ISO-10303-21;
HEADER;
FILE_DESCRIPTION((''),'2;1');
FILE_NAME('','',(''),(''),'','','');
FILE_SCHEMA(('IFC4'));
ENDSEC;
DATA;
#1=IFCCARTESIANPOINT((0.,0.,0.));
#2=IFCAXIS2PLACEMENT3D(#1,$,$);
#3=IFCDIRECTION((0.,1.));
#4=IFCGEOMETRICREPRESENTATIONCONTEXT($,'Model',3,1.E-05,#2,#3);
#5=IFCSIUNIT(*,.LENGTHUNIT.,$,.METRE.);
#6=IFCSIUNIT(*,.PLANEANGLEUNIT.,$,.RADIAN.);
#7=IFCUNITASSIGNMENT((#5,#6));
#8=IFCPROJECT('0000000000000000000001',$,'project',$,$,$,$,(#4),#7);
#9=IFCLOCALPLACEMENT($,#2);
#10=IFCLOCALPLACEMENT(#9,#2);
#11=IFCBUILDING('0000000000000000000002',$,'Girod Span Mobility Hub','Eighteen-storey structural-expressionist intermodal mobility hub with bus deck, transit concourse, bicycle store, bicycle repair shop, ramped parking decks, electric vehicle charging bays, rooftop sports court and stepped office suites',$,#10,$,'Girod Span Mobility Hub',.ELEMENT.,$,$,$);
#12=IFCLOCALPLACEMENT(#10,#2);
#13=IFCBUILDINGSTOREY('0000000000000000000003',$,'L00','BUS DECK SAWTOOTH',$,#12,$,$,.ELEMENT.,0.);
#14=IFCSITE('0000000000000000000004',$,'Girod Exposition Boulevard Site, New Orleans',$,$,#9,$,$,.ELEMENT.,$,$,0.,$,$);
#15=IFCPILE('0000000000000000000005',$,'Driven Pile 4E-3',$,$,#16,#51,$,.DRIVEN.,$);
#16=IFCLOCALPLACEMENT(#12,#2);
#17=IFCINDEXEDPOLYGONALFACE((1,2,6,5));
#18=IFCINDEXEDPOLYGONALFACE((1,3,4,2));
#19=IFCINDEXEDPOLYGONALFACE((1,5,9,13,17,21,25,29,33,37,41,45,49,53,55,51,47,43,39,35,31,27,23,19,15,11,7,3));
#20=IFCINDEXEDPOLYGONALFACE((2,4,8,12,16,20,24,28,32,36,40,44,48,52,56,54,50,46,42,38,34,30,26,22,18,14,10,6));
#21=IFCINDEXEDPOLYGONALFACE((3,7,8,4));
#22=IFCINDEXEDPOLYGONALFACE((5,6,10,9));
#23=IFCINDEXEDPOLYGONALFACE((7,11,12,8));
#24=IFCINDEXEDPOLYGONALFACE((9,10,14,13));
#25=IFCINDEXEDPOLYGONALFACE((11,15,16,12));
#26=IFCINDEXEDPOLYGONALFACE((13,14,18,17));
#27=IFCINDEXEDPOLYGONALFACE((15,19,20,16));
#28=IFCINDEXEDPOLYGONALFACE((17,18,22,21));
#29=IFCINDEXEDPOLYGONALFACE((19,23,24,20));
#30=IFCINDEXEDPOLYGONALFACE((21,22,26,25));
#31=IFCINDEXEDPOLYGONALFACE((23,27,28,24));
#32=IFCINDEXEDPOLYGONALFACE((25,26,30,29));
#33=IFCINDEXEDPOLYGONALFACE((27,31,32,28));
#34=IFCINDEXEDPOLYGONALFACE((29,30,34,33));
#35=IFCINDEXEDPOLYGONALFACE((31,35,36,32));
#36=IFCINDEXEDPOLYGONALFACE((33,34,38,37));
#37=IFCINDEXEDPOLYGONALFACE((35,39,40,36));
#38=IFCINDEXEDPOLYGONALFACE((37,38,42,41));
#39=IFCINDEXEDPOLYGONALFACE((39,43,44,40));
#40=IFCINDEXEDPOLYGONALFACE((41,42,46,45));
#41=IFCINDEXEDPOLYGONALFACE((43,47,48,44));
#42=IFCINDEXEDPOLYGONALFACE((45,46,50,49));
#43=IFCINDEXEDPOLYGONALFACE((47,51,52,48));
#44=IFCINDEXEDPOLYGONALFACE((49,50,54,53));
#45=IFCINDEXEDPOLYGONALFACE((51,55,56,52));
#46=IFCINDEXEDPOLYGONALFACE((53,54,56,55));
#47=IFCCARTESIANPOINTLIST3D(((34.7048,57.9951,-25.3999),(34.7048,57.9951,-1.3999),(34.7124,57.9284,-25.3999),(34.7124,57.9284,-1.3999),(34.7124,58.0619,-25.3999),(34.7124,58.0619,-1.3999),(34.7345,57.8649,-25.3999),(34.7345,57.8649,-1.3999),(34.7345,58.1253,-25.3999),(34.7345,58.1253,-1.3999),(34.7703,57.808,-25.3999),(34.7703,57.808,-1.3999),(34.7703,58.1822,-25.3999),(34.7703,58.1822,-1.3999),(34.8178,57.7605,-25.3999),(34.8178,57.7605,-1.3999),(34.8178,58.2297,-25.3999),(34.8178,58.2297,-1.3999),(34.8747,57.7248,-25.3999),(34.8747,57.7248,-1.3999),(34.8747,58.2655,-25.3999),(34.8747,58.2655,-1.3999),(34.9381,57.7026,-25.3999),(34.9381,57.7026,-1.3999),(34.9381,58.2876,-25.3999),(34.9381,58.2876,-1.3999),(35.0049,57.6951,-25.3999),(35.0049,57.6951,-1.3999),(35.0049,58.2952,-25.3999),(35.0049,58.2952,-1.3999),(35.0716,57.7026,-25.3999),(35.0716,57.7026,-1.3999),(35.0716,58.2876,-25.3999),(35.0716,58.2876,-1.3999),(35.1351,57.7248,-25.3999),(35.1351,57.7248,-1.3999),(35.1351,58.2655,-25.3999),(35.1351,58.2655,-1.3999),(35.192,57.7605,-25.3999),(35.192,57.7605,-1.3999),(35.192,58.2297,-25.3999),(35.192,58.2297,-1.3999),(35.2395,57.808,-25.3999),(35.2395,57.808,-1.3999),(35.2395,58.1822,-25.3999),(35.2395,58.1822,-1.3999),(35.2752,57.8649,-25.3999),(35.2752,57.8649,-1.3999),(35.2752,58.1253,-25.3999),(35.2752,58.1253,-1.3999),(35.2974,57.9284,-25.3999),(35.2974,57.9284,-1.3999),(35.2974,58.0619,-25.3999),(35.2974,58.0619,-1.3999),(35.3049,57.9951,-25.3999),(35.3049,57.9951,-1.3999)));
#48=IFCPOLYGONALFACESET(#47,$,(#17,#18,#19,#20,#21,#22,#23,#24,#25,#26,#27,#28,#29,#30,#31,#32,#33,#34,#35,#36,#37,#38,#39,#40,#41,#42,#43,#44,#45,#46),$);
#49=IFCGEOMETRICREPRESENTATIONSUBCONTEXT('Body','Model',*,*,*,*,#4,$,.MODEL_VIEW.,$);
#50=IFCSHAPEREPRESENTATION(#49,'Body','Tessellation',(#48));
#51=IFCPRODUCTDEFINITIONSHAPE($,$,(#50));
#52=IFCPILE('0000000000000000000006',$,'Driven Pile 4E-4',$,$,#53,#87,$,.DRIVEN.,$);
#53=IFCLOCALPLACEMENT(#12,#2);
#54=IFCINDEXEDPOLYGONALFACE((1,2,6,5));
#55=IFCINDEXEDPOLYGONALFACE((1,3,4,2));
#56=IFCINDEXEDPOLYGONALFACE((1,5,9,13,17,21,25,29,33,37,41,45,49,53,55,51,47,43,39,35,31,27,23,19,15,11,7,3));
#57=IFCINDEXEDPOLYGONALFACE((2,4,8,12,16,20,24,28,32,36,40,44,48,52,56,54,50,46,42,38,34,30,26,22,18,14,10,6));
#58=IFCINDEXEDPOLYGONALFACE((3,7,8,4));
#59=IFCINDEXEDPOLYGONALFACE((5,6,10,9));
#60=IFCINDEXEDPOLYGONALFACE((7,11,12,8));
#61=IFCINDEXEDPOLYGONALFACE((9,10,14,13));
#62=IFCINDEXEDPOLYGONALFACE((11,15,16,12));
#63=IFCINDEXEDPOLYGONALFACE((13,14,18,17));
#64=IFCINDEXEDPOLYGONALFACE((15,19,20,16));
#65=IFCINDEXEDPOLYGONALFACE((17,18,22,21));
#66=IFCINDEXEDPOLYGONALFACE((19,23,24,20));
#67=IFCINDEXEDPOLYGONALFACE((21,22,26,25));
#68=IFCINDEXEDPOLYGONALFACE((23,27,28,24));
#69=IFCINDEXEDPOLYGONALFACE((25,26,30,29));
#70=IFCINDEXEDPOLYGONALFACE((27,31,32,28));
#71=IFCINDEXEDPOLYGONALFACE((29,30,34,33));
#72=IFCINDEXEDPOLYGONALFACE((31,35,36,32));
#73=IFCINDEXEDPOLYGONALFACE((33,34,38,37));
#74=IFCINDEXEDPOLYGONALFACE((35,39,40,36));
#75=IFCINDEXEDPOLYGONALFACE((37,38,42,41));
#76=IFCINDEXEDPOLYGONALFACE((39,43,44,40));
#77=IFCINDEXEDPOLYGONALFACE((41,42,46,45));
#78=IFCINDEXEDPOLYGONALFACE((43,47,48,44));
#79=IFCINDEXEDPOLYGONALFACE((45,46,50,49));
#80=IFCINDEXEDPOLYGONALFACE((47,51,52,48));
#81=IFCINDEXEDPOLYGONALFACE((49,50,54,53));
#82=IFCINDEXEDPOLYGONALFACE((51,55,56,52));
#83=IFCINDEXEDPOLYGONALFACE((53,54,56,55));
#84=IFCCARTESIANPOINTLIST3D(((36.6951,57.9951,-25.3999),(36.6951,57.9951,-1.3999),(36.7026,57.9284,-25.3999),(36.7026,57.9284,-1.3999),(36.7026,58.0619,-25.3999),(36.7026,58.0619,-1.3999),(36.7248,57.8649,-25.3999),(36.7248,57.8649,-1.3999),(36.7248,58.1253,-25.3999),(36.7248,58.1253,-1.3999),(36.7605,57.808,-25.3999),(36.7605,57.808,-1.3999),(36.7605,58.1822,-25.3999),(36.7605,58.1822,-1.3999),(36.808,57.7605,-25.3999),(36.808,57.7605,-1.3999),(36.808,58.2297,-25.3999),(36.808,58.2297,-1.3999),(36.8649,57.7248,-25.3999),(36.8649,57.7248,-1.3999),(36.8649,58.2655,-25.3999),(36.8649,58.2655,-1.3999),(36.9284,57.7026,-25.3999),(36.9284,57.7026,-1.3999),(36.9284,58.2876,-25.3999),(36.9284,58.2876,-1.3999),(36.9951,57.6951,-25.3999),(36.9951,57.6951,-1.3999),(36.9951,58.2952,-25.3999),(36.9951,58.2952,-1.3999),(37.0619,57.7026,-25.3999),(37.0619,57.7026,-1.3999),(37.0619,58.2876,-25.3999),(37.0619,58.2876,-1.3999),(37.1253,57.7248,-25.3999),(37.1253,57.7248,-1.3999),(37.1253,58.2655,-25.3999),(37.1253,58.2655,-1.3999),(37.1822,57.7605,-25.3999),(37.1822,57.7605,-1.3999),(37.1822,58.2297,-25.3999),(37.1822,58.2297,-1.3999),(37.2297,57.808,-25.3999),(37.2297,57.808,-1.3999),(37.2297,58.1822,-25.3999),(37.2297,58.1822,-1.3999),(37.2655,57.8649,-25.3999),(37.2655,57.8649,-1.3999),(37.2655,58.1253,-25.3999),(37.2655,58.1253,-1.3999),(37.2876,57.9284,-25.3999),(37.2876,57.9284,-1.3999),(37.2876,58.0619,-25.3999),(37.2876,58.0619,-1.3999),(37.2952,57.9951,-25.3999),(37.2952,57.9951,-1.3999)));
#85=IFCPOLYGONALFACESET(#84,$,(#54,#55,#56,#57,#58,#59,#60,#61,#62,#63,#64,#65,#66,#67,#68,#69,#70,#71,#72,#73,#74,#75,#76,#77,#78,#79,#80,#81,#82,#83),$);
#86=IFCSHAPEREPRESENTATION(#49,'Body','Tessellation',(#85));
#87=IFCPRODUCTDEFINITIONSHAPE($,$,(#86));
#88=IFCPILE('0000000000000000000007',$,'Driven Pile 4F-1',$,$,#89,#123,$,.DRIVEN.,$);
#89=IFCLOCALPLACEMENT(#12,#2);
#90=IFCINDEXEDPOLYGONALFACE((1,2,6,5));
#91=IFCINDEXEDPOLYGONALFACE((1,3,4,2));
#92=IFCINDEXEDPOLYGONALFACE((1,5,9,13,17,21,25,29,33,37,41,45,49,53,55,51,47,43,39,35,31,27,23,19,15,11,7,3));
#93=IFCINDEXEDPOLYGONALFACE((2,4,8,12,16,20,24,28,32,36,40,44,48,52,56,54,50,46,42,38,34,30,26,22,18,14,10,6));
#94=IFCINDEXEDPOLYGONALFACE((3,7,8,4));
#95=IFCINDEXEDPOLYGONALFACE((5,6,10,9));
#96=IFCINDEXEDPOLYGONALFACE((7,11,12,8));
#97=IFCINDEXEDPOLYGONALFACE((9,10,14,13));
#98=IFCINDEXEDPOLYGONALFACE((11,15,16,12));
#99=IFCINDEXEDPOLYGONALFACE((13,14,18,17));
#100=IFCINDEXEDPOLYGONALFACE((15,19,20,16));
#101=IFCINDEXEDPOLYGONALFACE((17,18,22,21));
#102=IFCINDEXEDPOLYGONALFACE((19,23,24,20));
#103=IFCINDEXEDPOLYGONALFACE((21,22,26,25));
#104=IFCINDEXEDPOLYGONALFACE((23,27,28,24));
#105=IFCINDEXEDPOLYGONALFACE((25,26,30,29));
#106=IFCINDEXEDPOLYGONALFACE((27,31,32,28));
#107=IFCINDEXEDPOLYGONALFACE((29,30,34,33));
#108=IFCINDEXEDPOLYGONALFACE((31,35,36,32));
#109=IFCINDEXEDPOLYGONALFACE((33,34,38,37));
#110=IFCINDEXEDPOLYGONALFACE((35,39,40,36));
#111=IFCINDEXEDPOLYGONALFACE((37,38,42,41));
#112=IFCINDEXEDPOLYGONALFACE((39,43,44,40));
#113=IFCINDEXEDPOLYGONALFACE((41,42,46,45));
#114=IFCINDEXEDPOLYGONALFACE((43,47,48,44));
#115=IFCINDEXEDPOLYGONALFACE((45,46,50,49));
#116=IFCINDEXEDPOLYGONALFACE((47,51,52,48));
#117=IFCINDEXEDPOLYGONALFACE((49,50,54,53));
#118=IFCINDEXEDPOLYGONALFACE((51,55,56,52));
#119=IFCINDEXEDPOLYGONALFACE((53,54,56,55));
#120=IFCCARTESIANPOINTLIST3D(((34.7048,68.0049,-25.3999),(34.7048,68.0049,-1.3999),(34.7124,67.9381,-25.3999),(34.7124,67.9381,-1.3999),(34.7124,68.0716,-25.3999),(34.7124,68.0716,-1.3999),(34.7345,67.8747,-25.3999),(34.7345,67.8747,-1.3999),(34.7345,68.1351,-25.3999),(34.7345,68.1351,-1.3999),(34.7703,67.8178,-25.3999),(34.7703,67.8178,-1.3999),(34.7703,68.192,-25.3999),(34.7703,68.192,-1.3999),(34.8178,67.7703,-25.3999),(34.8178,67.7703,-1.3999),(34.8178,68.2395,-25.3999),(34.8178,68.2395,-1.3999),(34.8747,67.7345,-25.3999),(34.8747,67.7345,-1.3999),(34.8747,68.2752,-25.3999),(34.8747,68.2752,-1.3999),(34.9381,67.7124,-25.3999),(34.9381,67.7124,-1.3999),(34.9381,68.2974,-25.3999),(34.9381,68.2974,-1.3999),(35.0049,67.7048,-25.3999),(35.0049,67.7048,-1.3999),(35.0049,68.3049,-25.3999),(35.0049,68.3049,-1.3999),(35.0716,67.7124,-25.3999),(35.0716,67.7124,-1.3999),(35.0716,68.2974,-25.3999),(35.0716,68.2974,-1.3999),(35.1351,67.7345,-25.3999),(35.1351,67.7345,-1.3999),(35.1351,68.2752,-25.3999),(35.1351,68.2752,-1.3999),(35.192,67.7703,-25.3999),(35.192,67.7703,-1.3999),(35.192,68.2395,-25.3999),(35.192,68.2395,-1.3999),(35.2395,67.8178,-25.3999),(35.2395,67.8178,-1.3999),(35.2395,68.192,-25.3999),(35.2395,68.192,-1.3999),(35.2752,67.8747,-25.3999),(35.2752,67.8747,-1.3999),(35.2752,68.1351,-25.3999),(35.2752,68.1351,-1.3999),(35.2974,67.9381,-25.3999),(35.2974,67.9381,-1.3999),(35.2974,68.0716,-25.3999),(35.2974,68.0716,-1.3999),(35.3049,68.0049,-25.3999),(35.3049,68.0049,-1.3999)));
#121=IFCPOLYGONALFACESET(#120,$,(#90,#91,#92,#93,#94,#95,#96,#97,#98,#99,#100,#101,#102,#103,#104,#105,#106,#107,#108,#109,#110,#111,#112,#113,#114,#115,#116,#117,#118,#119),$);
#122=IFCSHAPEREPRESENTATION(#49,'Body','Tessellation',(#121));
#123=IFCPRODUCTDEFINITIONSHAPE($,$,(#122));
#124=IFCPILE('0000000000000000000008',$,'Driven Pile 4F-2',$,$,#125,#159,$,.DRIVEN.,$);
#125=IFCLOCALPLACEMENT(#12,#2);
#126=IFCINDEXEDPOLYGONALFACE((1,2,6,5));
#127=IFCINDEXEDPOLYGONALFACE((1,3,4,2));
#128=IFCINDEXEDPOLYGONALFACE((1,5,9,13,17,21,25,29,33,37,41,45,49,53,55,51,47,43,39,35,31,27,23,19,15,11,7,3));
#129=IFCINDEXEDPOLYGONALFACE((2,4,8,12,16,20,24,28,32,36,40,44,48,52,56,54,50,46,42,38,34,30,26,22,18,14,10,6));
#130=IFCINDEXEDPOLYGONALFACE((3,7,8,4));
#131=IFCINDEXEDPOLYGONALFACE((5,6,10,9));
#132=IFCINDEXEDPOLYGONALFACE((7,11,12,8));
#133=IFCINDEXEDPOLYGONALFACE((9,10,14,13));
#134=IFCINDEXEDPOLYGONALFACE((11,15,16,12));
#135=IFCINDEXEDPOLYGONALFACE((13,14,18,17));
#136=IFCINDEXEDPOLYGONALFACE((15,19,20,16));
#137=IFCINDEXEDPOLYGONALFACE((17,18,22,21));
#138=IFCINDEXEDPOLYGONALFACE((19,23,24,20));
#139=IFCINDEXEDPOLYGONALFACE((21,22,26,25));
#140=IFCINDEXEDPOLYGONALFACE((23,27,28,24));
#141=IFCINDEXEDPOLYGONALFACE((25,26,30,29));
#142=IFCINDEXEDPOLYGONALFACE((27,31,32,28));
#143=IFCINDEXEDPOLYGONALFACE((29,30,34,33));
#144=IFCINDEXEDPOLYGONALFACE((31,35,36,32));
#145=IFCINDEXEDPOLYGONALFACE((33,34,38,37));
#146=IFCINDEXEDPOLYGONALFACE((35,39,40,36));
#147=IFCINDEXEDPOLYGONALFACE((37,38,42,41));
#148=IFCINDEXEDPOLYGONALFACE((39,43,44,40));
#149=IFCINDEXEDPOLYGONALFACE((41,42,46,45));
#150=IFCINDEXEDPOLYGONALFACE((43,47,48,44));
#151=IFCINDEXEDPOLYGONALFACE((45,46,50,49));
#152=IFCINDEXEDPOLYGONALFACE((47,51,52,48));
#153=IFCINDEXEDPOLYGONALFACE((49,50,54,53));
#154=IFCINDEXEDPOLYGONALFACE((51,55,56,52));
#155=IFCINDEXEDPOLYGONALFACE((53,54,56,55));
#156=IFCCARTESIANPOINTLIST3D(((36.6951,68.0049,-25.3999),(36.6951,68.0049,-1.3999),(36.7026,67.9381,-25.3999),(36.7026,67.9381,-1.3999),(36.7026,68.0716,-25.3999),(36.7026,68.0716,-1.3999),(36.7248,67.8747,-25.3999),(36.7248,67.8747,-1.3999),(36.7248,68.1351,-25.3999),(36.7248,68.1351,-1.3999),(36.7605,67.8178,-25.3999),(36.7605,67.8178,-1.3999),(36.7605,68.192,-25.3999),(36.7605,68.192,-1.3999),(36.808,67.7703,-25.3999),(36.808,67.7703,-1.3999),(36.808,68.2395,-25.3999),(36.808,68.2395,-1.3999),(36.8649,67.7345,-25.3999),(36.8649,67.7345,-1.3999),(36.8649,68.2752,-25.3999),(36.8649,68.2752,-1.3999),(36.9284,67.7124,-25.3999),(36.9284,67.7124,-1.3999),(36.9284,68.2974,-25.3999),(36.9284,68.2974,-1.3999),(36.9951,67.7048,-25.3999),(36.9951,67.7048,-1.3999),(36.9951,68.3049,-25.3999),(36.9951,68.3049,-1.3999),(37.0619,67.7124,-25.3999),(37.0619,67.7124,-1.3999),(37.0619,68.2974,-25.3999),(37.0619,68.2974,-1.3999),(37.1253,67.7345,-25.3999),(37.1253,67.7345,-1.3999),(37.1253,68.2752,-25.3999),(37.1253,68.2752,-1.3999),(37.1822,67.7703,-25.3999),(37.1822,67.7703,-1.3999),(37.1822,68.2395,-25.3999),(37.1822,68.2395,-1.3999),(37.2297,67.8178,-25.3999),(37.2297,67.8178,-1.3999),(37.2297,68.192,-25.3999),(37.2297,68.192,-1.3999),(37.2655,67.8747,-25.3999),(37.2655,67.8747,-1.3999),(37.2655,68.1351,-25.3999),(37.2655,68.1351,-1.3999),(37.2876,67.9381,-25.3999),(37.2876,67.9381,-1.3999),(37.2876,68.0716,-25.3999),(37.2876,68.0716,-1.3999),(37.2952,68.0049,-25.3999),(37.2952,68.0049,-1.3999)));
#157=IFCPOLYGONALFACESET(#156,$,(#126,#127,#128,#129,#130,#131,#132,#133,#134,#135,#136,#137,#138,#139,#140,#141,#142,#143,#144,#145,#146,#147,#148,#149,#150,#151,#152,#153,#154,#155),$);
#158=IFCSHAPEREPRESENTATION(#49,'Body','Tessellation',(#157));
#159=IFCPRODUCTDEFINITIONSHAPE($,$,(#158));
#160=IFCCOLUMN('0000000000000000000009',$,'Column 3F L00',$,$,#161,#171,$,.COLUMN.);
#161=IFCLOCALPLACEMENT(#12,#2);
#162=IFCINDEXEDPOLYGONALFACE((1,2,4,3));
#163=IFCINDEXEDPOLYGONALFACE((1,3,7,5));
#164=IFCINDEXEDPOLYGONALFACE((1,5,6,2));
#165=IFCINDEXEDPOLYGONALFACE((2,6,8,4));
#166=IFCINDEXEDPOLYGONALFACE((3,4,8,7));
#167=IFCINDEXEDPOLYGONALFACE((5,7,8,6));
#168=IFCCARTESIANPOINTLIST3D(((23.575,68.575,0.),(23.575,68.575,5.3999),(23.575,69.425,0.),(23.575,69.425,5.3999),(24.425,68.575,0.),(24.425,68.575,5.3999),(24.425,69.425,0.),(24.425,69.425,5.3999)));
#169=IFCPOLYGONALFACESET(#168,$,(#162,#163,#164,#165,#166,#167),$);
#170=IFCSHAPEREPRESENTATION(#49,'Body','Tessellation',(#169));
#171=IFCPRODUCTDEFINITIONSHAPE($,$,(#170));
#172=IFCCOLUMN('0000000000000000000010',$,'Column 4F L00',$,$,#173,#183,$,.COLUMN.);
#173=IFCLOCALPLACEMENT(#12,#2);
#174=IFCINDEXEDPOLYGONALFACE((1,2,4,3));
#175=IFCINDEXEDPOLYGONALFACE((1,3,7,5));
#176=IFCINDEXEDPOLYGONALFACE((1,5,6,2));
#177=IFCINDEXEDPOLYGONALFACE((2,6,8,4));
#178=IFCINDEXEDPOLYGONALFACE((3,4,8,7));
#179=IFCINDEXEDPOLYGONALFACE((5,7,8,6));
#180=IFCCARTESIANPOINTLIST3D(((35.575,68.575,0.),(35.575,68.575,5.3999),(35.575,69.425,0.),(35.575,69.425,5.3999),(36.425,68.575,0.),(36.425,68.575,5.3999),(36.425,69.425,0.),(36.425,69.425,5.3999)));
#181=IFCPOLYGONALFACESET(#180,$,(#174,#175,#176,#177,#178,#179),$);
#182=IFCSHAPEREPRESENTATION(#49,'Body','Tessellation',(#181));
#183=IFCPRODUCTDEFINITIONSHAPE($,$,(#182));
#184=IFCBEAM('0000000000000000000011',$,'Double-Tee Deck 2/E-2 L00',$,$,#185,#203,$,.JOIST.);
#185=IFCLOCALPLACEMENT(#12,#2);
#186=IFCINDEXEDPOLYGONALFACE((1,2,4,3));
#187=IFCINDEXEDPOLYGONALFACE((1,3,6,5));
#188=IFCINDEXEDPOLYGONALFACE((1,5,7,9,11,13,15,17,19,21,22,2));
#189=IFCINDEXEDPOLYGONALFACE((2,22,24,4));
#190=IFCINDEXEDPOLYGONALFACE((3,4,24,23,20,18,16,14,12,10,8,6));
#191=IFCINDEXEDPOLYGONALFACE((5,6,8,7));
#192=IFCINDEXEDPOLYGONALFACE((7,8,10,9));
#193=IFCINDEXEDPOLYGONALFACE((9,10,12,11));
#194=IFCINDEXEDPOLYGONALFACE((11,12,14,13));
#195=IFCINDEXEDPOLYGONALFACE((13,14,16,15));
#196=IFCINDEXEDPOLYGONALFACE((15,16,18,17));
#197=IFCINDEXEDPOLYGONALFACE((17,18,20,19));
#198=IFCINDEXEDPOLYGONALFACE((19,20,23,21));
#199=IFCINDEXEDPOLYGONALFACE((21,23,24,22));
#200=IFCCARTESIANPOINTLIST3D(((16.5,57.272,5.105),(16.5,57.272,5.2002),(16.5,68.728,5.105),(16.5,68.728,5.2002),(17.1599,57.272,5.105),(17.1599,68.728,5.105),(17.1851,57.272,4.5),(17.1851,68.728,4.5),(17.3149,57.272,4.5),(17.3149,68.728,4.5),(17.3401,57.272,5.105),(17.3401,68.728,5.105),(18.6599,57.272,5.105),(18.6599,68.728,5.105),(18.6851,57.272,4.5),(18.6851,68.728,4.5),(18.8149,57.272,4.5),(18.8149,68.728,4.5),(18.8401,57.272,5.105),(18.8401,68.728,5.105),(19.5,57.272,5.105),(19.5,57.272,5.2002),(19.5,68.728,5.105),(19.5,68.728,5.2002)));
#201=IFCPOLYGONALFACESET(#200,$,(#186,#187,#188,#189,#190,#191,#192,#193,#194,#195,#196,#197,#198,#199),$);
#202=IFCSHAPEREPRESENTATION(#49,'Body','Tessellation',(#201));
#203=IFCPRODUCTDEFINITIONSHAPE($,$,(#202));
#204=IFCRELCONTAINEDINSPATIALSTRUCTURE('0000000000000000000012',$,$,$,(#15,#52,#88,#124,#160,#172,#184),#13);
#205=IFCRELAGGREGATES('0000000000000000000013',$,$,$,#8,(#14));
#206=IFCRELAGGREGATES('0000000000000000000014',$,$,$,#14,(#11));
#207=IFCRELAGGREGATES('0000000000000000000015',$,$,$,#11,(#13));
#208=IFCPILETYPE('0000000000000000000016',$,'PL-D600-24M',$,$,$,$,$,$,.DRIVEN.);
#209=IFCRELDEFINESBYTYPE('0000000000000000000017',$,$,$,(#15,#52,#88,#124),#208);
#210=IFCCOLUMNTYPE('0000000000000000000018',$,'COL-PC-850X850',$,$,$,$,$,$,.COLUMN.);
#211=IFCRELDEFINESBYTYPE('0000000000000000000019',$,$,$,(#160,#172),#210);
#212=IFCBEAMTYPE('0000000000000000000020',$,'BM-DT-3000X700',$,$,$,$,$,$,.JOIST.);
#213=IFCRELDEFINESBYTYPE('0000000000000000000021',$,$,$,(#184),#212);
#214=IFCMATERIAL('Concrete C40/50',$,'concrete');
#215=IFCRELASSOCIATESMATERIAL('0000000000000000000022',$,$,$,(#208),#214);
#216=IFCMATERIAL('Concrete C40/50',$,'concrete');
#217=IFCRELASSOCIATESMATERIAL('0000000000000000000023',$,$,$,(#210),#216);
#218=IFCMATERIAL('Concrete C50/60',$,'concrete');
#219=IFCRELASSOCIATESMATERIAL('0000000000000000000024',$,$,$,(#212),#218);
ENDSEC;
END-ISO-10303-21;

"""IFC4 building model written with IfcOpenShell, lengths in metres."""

from ifc_helpers import new_model, si_unit, direction, frame, origin, origin_2d, place, context, subcontext, project, spatial, polyline, rectangle, circle, outline, extrude, material, material_profile, profile_set, type_object, element, save


model = new_model("IFC4")

# Units and contexts
model_context = context("Model", 3, precision=1e-05, world=origin(), true_north=direction((0.0, 1.0)))
body_context = subcontext(model_context, "Body", "Model", "MODEL_VIEW")
ifc_project = project(units=[si_unit("LENGTHUNIT", "METRE"), si_unit("PLANEANGLEUNIT", "RADIAN")], contexts=[model_context])

# Site, building, storey
site_placement = place(None, origin())
site = spatial("IfcSite", under=ifc_project, at=site_placement, Name="Girod Exposition Boulevard Site, New Orleans", CompositionType="ELEMENT", RefElevation=0.0)
building_placement = place(site_placement, origin())
building = spatial("IfcBuilding", under=site, at=building_placement, Name="Girod Span Mobility Hub", Description="Eighteen-storey structural-expressionist intermodal mobility hub with bus deck, transit concourse, bicycle store, bicycle repair shop, ramped parking decks, electric vehicle charging bays, rooftop sports court and stepped office suites", LongName="Girod Span Mobility Hub", CompositionType="ELEMENT")
storey_placement = place(building_placement, origin())
storey = spatial("IfcBuildingStorey", under=building, at=storey_placement, Name="L00", Description="BUS DECK SAWTOOTH", CompositionType="ELEMENT", Elevation=0.0)

# Piles
ifc_material_1 = material(Name="Concrete C40/50", Category="concrete")
ifc_material_profile_1 = material_profile(ifc_material_1, circle(Radius=0.3, at=origin_2d()), Name="PILE-D600")
ifc_profile_set_1 = profile_set([ifc_material_profile_1], Name="Concrete C40/50")
pile_type = type_object("IfcPileType", Name="PL-D600-24M", PredefinedType="DRIVEN", material=ifc_profile_set_1)
for number, where, z_axis, x_axis, name in (
    (1, (35.0049, 57.9951, -1.3999), (0.0, 0.0, -1.0), (1.0, 0.0, 0.0), "Driven Pile 4E-3"),
    (2, (36.9951, 57.9951, -1.3999), (0.0, 0.0, -1.0), (1.0, 0.0, 0.0), "Driven Pile 4E-4"),
    (3, (35.0049, 68.0049, -1.3999), (0.0, 0.0, -1.0), (1.0, 0.0, 0.0), "Driven Pile 4F-1"),
    (4, (36.9951, 68.0049, -1.3999), (0.0, 0.0, -1.0), (1.0, 0.0, 0.0), "Driven Pile 4F-2"),
):
    element("IfcPile", number, at=place(storey_placement, frame(where, z_axis=z_axis, x_axis=x_axis)), inside=storey, type_object=pile_type, Name=name, PredefinedType="DRIVEN", context=body_context, shape_type="SweptSolid", body=[
        extrude(circle(Radius=0.3, at=origin_2d()), origin(), (0.0, 0.0, 1.0), 24.0),
    ])

# Columns
ifc_material_2 = material(Name="Concrete C40/50", Category="concrete")
ifc_material_profile_2 = material_profile(ifc_material_2, rectangle(XDim=0.8501, YDim=0.8501, at=origin_2d()), Name="PC-COL-850X850")
ifc_profile_set_2 = profile_set([ifc_material_profile_2], Name="Concrete C40/50")
column_type = type_object("IfcColumnType", Name="COL-PC-850X850", PredefinedType="COLUMN", material=ifc_profile_set_2)
for number, where, z_axis, x_axis, name in (
    (5, (24.0, 69.0, 0.0), (0.0, 0.0, 1.0), (1.0, 0.0, 0.0), "Column 3F L00"),
    (6, (36.0, 69.0, 0.0), (0.0, 0.0, 1.0), (1.0, 0.0, 0.0), "Column 4F L00"),
):
    element("IfcColumn", number, at=place(storey_placement, frame(where, z_axis=z_axis, x_axis=x_axis)), inside=storey, type_object=column_type, Name=name, PredefinedType="COLUMN", context=body_context, shape_type="SweptSolid", body=[
        extrude(rectangle(XDim=0.8501, YDim=0.8501, at=origin_2d()), origin(), (0.0, 0.0, 1.0), 5.3999),
    ])

# Beam
ifc_material_3 = material(Name="Concrete C50/60", Category="concrete")
ifc_material_profile_3 = material_profile(ifc_material_3, outline(polyline([(-1.5, 0.3501), (-1.5, 0.2549), (-0.8401, 0.2549), (-0.8149, -0.3501), (-0.6851, -0.3501), (-0.6599, 0.2549), (0.6599, 0.2549), (0.6851, -0.3501), (0.8149, -0.3501), (0.8401, 0.2549), (1.5, 0.2549), (1.5, 0.3501), (-1.5, 0.3501)])), Name="DT-3000X700")
ifc_profile_set_3 = profile_set([ifc_material_profile_3], Name="Concrete C50/60")
beam_type_1 = type_object("IfcBeamType", Name="BM-DT-3000X700", PredefinedType="JOIST", material=ifc_profile_set_3)
for number, where, z_axis, x_axis, name in (
    (7, (18.0, 57.272, 4.8501), (0.0, 1.0, 0.0), (-1.0, 0.0, 0.0), "Double-Tee Deck 2/E-2 L00"),
):
    element("IfcBeam", number, at=place(storey_placement, frame(where, z_axis=z_axis, x_axis=x_axis)), inside=storey, type_object=beam_type_1, Name=name, PredefinedType="JOIST", context=body_context, shape_type="SweptSolid", body=[
        extrude(outline(polyline([(-1.5, 0.3501), (-1.5, 0.2549), (-0.8401, 0.2549), (-0.8149, -0.3501), (-0.6851, -0.3501), (-0.6599, 0.2549), (0.6599, 0.2549), (0.6851, -0.3501), (0.8149, -0.3501), (0.8401, 0.2549), (1.5, 0.2549), (1.5, 0.3501), (-1.5, 0.3501)])), origin(), (0.0, 0.0, 1.0), 11.4561),
    ])

save(model, "model.ifc")
